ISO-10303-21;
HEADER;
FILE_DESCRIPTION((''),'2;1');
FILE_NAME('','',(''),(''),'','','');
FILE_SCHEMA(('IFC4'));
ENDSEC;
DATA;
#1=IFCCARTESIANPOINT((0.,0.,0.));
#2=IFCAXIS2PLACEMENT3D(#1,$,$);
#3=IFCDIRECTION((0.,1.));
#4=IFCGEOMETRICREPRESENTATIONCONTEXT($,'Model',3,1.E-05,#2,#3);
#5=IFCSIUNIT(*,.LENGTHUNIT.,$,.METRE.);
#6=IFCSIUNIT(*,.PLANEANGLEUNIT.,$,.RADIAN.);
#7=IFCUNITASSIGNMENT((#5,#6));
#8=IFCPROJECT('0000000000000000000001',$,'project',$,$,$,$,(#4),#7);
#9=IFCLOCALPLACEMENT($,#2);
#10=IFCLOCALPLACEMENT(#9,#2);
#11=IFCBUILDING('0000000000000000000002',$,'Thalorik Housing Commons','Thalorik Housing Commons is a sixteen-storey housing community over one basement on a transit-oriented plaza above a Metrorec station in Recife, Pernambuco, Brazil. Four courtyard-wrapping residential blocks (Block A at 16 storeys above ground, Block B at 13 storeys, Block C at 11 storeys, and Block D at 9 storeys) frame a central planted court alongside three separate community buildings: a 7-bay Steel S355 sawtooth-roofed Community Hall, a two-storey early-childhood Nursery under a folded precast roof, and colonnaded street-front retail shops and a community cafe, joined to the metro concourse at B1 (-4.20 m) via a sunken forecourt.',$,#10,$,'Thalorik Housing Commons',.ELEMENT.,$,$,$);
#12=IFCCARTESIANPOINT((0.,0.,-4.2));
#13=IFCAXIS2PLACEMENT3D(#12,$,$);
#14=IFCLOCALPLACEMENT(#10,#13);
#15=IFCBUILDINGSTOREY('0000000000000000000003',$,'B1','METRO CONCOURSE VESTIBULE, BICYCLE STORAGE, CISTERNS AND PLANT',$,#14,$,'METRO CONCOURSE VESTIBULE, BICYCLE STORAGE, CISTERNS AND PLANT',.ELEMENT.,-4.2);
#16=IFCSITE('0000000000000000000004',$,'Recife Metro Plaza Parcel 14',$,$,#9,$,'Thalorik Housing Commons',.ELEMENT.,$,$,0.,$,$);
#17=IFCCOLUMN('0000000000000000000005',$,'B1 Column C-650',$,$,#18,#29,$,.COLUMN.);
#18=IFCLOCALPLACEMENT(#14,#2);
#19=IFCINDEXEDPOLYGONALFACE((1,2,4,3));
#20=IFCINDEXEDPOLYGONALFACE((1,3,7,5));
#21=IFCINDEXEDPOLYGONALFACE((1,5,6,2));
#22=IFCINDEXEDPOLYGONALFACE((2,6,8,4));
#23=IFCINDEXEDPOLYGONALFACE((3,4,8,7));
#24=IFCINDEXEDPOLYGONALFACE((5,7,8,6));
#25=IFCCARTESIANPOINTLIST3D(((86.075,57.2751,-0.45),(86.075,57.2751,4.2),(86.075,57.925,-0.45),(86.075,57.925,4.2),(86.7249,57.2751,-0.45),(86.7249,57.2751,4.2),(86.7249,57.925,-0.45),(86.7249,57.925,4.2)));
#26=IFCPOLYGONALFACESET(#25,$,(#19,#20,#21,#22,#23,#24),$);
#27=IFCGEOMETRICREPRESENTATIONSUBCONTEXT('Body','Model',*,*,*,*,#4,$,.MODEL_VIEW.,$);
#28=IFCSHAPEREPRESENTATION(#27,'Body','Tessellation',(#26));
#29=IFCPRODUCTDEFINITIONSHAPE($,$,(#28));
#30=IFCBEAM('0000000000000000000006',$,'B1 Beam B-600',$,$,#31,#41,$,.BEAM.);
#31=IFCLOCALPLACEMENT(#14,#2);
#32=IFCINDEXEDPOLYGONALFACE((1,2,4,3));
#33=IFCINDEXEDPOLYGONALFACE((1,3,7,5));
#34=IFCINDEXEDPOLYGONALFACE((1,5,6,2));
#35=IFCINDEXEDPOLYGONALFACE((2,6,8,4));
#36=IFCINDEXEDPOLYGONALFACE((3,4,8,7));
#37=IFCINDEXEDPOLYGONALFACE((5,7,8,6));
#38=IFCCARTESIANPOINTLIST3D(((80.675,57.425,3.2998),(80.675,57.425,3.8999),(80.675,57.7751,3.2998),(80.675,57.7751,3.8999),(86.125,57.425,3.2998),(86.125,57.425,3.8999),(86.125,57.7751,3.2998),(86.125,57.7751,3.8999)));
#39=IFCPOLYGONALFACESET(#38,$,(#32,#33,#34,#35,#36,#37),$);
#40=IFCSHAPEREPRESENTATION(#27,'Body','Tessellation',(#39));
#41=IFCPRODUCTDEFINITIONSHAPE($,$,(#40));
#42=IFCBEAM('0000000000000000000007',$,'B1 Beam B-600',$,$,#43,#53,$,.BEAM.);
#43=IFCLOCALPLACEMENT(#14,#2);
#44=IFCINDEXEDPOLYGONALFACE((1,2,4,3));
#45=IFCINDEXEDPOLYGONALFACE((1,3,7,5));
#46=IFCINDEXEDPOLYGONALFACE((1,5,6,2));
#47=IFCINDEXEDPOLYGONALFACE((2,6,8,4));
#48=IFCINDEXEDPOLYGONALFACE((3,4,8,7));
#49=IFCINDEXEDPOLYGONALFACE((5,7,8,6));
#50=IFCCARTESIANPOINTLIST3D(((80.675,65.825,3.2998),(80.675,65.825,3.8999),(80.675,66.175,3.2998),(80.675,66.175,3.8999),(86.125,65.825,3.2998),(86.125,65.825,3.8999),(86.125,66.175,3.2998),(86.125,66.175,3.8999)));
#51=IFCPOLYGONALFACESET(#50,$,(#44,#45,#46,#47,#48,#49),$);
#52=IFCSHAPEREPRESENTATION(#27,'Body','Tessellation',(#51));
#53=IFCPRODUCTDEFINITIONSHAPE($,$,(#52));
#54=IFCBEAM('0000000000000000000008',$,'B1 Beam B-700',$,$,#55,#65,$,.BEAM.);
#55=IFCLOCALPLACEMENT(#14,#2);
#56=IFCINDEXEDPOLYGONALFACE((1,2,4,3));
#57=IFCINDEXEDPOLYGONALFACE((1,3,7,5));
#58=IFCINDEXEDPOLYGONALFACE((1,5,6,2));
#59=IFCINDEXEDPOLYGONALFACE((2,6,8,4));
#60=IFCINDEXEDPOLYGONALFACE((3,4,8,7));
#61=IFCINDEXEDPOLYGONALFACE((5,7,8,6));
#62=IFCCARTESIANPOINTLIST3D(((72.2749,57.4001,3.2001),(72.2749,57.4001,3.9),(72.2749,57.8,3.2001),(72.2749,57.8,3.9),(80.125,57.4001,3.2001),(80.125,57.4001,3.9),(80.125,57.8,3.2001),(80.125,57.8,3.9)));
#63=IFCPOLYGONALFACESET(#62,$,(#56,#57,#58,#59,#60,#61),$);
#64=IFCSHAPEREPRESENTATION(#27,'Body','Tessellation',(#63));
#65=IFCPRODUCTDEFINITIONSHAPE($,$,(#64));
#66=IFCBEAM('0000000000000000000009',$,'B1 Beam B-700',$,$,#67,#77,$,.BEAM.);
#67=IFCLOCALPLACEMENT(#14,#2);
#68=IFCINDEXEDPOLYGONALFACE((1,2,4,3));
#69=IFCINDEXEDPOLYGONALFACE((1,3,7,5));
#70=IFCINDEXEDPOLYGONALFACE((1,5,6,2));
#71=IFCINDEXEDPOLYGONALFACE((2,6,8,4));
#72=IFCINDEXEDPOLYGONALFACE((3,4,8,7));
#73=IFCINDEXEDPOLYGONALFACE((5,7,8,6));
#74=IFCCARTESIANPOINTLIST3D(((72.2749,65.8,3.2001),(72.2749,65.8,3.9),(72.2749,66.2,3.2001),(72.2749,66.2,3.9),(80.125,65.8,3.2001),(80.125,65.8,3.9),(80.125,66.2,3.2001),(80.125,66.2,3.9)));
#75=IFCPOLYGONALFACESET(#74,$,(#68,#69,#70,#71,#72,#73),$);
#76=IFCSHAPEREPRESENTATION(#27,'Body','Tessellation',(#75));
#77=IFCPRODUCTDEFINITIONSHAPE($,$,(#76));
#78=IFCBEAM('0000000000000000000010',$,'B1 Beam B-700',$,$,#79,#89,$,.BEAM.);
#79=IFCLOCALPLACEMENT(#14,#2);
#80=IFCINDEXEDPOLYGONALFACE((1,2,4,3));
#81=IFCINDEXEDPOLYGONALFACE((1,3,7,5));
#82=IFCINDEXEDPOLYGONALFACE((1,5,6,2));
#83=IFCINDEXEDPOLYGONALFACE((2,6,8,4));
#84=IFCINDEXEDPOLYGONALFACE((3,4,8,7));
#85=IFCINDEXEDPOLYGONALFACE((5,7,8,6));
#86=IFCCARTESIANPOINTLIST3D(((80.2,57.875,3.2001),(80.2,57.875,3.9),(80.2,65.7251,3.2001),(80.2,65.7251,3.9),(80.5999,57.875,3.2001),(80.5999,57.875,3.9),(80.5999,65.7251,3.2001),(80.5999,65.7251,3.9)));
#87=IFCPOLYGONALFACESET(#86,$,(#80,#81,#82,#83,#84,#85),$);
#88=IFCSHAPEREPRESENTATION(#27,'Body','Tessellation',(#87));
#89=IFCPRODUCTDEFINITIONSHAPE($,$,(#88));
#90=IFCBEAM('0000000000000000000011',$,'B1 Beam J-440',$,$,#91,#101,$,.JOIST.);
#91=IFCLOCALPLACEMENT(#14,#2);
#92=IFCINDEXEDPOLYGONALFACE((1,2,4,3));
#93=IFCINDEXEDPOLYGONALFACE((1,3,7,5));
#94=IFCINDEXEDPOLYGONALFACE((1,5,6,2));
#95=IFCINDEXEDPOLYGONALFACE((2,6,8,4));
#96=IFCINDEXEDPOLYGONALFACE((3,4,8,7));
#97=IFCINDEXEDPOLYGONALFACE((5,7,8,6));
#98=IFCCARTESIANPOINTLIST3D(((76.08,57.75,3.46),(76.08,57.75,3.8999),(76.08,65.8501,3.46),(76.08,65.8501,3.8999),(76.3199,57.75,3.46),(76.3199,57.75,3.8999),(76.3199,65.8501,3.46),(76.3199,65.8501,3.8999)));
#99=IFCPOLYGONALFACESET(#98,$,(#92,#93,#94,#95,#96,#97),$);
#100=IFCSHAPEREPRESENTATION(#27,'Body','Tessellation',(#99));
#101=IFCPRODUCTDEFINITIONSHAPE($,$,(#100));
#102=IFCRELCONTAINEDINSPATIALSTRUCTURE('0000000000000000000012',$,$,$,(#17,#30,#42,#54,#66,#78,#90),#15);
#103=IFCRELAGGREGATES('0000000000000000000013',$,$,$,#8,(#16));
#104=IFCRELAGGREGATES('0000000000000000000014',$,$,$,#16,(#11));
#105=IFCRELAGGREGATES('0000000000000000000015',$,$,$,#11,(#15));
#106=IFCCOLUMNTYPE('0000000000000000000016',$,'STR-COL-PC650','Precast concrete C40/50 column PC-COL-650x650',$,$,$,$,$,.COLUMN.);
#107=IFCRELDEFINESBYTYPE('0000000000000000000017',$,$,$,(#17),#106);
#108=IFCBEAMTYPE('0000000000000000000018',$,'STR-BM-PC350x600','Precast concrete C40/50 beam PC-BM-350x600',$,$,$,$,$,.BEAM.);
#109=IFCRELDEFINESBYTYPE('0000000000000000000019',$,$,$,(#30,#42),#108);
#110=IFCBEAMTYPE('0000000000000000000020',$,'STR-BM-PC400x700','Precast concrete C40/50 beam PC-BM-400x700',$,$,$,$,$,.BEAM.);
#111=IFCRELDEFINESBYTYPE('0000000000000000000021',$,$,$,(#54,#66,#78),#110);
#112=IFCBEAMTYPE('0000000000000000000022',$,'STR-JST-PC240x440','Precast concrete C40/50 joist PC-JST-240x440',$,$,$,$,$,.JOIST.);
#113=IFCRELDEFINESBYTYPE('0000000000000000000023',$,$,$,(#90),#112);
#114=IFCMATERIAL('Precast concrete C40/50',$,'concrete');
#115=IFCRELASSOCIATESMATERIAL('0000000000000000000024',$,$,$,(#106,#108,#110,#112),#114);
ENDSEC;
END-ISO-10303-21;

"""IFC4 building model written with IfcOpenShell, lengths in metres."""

from ifc_helpers import new_model, si_unit, direction, frame, origin, origin_2d, place, context, subcontext, project, spatial, rectangle, extrude, material, material_profile, profile_set, type_object, element, save


model = new_model("IFC4")

# Units and contexts
model_context = context("Model", 3, precision=1e-05, world=origin(), true_north=direction((0.0, 1.0)))
body_context = subcontext(model_context, "Body", "Model", "MODEL_VIEW")
ifc_project = project(units=[si_unit("LENGTHUNIT", "METRE"), si_unit("PLANEANGLEUNIT", "RADIAN")], contexts=[model_context])

# Site, building, storey
site_placement = place(None, origin())
site = spatial("IfcSite", under=ifc_project, at=site_placement, Name="Recife Metro Plaza Parcel 14", LongName="Thalorik Housing Commons", CompositionType="ELEMENT", RefElevation=0.0)
building_placement = place(site_placement, origin())
building = spatial("IfcBuilding", under=site, at=building_placement, Name="Thalorik Housing Commons", Description="Thalorik Housing Commons is a sixteen-storey housing community over one basement on a transit-oriented plaza above a Metrorec station in Recife, Pernambuco, Brazil. Four courtyard-wrapping residential blocks (Block A at 16 storeys above ground, Block B at 13 storeys, Block C at 11 storeys, and Block D at 9 storeys) frame a central planted court alongside three separate community buildings: a 7-bay Steel S355 sawtooth-roofed Community Hall, a two-storey early-childhood Nursery under a folded precast roof, and colonnaded street-front retail shops and a community cafe, joined to the metro concourse at B1 (-4.20 m) via a sunken forecourt.", LongName="Thalorik Housing Commons", CompositionType="ELEMENT")
storey_placement = place(building_placement, frame((0.0, 0.0, -4.2)))
storey = spatial("IfcBuildingStorey", under=building, at=storey_placement, Name="B1", Description="METRO CONCOURSE VESTIBULE, BICYCLE STORAGE, CISTERNS AND PLANT", LongName="METRO CONCOURSE VESTIBULE, BICYCLE STORAGE, CISTERNS AND PLANT", CompositionType="ELEMENT", Elevation=-4.2)

# Column
ifc_material_1 = material(Name="Precast concrete C40/50", Category="concrete")
ifc_material_profile_1 = material_profile(ifc_material_1, rectangle(XDim=0.6499, YDim=0.6499, at=origin_2d()), Name="PC 650x650", Category="concrete")
ifc_profile_set_1 = profile_set([ifc_material_profile_1], Name="Precast concrete C40/50")
column_type = type_object("IfcColumnType", Name="STR-COL-PC650", Description="Precast concrete C40/50 column PC-COL-650x650", PredefinedType="COLUMN", material=ifc_profile_set_1)
for number, where, z_axis, x_axis, name in (
    (1, (86.3999, 57.6001, -0.45), (0.0, 0.0, 1.0), (1.0, 0.0, 0.0), "B1 Column C-650"),
):
    element("IfcColumn", number, at=place(storey_placement, frame(where, z_axis=z_axis, x_axis=x_axis)), inside=storey, type_object=column_type, Name=name, PredefinedType="COLUMN", context=body_context, shape_type="SweptSolid", body=[
        extrude(rectangle(XDim=0.6499, YDim=0.6499, at=origin_2d()), origin(), (0.0, 0.0, 1.0), 4.6499),
    ])

# Beams
ifc_material_profile_2 = material_profile(ifc_material_1, rectangle(XDim=0.3501, YDim=0.6001, at=origin_2d()), Name="PC 350x600", Category="concrete")
ifc_profile_set_2 = profile_set([ifc_material_profile_2], Name="Precast concrete C40/50")
beam_type_1 = type_object("IfcBeamType", Name="STR-BM-PC350x600", Description="Precast concrete C40/50 beam PC-BM-350x600", PredefinedType="BEAM", material=ifc_profile_set_2)
for number, where, z_axis, x_axis, name in (
    (2, (80.675, 57.6001, 3.5999), (1.0, 0.0, 0.0), (0.0, 1.0, 0.0), "B1 Beam B-600"),
    (3, (80.675, 66.0, 3.5999), (1.0, 0.0, 0.0), (0.0, 1.0, 0.0), "B1 Beam B-600"),
):
    element("IfcBeam", number, at=place(storey_placement, frame(where, z_axis=z_axis, x_axis=x_axis)), inside=storey, type_object=beam_type_1, Name=name, PredefinedType="BEAM", context=body_context, shape_type="SweptSolid", body=[
        extrude(rectangle(XDim=0.3501, YDim=0.6001, at=origin_2d()), origin(), (0.0, 0.0, 1.0), 5.45),
    ])
ifc_material_profile_3 = material_profile(ifc_material_1, rectangle(XDim=0.3999, YDim=0.7, at=origin_2d()), Name="PC 400x700", Category="concrete")
ifc_profile_set_3 = profile_set([ifc_material_profile_3], Name="Precast concrete C40/50")
beam_type_2 = type_object("IfcBeamType", Name="STR-BM-PC400x700", Description="Precast concrete C40/50 beam PC-BM-400x700", PredefinedType="BEAM", material=ifc_profile_set_3)
for number, where, z_axis, x_axis, name in (
    (4, (72.2749, 57.6001, 3.55), (1.0, 0.0, 0.0), (0.0, 1.0, 0.0), "B1 Beam B-700"),
    (5, (72.2749, 66.0, 3.55), (1.0, 0.0, 0.0), (0.0, 1.0, 0.0), "B1 Beam B-700"),
    (6, (80.3999, 57.875, 3.55), (0.0, 1.0, 0.0), (-1.0, 0.0, 0.0), "B1 Beam B-700"),
):
    element("IfcBeam", number, at=place(storey_placement, frame(where, z_axis=z_axis, x_axis=x_axis)), inside=storey, type_object=beam_type_2, Name=name, PredefinedType="BEAM", context=body_context, shape_type="SweptSolid", body=[
        extrude(rectangle(XDim=0.3999, YDim=0.7, at=origin_2d()), origin(), (0.0, 0.0, 1.0), 7.8501),
    ])
ifc_material_profile_4 = material_profile(ifc_material_1, rectangle(XDim=0.24, YDim=0.4399, at=origin_2d()), Name="PC JST 240x440", Category="concrete")
ifc_profile_set_4 = profile_set([ifc_material_profile_4], Name="Precast concrete C40/50")
beam_type_3 = type_object("IfcBeamType", Name="STR-JST-PC240x440", Description="Precast concrete C40/50 joist PC-JST-240x440", PredefinedType="JOIST", material=ifc_profile_set_4)
beam_placement = place(storey_placement, frame((76.2, 57.75, 3.6799), z_axis=(0.0, 1.0, 0.0), x_axis=(-1.0, 0.0, 0.0)))
element("IfcBeam", 7, at=beam_placement, inside=storey, type_object=beam_type_3, Name="B1 Beam J-440", PredefinedType="JOIST", context=body_context, shape_type="SweptSolid", body=[
    extrude(rectangle(XDim=0.24, YDim=0.4399, at=origin_2d()), origin(), (0.0, 0.0, 1.0), 8.1001),
])

save(model, "model.ifc")
